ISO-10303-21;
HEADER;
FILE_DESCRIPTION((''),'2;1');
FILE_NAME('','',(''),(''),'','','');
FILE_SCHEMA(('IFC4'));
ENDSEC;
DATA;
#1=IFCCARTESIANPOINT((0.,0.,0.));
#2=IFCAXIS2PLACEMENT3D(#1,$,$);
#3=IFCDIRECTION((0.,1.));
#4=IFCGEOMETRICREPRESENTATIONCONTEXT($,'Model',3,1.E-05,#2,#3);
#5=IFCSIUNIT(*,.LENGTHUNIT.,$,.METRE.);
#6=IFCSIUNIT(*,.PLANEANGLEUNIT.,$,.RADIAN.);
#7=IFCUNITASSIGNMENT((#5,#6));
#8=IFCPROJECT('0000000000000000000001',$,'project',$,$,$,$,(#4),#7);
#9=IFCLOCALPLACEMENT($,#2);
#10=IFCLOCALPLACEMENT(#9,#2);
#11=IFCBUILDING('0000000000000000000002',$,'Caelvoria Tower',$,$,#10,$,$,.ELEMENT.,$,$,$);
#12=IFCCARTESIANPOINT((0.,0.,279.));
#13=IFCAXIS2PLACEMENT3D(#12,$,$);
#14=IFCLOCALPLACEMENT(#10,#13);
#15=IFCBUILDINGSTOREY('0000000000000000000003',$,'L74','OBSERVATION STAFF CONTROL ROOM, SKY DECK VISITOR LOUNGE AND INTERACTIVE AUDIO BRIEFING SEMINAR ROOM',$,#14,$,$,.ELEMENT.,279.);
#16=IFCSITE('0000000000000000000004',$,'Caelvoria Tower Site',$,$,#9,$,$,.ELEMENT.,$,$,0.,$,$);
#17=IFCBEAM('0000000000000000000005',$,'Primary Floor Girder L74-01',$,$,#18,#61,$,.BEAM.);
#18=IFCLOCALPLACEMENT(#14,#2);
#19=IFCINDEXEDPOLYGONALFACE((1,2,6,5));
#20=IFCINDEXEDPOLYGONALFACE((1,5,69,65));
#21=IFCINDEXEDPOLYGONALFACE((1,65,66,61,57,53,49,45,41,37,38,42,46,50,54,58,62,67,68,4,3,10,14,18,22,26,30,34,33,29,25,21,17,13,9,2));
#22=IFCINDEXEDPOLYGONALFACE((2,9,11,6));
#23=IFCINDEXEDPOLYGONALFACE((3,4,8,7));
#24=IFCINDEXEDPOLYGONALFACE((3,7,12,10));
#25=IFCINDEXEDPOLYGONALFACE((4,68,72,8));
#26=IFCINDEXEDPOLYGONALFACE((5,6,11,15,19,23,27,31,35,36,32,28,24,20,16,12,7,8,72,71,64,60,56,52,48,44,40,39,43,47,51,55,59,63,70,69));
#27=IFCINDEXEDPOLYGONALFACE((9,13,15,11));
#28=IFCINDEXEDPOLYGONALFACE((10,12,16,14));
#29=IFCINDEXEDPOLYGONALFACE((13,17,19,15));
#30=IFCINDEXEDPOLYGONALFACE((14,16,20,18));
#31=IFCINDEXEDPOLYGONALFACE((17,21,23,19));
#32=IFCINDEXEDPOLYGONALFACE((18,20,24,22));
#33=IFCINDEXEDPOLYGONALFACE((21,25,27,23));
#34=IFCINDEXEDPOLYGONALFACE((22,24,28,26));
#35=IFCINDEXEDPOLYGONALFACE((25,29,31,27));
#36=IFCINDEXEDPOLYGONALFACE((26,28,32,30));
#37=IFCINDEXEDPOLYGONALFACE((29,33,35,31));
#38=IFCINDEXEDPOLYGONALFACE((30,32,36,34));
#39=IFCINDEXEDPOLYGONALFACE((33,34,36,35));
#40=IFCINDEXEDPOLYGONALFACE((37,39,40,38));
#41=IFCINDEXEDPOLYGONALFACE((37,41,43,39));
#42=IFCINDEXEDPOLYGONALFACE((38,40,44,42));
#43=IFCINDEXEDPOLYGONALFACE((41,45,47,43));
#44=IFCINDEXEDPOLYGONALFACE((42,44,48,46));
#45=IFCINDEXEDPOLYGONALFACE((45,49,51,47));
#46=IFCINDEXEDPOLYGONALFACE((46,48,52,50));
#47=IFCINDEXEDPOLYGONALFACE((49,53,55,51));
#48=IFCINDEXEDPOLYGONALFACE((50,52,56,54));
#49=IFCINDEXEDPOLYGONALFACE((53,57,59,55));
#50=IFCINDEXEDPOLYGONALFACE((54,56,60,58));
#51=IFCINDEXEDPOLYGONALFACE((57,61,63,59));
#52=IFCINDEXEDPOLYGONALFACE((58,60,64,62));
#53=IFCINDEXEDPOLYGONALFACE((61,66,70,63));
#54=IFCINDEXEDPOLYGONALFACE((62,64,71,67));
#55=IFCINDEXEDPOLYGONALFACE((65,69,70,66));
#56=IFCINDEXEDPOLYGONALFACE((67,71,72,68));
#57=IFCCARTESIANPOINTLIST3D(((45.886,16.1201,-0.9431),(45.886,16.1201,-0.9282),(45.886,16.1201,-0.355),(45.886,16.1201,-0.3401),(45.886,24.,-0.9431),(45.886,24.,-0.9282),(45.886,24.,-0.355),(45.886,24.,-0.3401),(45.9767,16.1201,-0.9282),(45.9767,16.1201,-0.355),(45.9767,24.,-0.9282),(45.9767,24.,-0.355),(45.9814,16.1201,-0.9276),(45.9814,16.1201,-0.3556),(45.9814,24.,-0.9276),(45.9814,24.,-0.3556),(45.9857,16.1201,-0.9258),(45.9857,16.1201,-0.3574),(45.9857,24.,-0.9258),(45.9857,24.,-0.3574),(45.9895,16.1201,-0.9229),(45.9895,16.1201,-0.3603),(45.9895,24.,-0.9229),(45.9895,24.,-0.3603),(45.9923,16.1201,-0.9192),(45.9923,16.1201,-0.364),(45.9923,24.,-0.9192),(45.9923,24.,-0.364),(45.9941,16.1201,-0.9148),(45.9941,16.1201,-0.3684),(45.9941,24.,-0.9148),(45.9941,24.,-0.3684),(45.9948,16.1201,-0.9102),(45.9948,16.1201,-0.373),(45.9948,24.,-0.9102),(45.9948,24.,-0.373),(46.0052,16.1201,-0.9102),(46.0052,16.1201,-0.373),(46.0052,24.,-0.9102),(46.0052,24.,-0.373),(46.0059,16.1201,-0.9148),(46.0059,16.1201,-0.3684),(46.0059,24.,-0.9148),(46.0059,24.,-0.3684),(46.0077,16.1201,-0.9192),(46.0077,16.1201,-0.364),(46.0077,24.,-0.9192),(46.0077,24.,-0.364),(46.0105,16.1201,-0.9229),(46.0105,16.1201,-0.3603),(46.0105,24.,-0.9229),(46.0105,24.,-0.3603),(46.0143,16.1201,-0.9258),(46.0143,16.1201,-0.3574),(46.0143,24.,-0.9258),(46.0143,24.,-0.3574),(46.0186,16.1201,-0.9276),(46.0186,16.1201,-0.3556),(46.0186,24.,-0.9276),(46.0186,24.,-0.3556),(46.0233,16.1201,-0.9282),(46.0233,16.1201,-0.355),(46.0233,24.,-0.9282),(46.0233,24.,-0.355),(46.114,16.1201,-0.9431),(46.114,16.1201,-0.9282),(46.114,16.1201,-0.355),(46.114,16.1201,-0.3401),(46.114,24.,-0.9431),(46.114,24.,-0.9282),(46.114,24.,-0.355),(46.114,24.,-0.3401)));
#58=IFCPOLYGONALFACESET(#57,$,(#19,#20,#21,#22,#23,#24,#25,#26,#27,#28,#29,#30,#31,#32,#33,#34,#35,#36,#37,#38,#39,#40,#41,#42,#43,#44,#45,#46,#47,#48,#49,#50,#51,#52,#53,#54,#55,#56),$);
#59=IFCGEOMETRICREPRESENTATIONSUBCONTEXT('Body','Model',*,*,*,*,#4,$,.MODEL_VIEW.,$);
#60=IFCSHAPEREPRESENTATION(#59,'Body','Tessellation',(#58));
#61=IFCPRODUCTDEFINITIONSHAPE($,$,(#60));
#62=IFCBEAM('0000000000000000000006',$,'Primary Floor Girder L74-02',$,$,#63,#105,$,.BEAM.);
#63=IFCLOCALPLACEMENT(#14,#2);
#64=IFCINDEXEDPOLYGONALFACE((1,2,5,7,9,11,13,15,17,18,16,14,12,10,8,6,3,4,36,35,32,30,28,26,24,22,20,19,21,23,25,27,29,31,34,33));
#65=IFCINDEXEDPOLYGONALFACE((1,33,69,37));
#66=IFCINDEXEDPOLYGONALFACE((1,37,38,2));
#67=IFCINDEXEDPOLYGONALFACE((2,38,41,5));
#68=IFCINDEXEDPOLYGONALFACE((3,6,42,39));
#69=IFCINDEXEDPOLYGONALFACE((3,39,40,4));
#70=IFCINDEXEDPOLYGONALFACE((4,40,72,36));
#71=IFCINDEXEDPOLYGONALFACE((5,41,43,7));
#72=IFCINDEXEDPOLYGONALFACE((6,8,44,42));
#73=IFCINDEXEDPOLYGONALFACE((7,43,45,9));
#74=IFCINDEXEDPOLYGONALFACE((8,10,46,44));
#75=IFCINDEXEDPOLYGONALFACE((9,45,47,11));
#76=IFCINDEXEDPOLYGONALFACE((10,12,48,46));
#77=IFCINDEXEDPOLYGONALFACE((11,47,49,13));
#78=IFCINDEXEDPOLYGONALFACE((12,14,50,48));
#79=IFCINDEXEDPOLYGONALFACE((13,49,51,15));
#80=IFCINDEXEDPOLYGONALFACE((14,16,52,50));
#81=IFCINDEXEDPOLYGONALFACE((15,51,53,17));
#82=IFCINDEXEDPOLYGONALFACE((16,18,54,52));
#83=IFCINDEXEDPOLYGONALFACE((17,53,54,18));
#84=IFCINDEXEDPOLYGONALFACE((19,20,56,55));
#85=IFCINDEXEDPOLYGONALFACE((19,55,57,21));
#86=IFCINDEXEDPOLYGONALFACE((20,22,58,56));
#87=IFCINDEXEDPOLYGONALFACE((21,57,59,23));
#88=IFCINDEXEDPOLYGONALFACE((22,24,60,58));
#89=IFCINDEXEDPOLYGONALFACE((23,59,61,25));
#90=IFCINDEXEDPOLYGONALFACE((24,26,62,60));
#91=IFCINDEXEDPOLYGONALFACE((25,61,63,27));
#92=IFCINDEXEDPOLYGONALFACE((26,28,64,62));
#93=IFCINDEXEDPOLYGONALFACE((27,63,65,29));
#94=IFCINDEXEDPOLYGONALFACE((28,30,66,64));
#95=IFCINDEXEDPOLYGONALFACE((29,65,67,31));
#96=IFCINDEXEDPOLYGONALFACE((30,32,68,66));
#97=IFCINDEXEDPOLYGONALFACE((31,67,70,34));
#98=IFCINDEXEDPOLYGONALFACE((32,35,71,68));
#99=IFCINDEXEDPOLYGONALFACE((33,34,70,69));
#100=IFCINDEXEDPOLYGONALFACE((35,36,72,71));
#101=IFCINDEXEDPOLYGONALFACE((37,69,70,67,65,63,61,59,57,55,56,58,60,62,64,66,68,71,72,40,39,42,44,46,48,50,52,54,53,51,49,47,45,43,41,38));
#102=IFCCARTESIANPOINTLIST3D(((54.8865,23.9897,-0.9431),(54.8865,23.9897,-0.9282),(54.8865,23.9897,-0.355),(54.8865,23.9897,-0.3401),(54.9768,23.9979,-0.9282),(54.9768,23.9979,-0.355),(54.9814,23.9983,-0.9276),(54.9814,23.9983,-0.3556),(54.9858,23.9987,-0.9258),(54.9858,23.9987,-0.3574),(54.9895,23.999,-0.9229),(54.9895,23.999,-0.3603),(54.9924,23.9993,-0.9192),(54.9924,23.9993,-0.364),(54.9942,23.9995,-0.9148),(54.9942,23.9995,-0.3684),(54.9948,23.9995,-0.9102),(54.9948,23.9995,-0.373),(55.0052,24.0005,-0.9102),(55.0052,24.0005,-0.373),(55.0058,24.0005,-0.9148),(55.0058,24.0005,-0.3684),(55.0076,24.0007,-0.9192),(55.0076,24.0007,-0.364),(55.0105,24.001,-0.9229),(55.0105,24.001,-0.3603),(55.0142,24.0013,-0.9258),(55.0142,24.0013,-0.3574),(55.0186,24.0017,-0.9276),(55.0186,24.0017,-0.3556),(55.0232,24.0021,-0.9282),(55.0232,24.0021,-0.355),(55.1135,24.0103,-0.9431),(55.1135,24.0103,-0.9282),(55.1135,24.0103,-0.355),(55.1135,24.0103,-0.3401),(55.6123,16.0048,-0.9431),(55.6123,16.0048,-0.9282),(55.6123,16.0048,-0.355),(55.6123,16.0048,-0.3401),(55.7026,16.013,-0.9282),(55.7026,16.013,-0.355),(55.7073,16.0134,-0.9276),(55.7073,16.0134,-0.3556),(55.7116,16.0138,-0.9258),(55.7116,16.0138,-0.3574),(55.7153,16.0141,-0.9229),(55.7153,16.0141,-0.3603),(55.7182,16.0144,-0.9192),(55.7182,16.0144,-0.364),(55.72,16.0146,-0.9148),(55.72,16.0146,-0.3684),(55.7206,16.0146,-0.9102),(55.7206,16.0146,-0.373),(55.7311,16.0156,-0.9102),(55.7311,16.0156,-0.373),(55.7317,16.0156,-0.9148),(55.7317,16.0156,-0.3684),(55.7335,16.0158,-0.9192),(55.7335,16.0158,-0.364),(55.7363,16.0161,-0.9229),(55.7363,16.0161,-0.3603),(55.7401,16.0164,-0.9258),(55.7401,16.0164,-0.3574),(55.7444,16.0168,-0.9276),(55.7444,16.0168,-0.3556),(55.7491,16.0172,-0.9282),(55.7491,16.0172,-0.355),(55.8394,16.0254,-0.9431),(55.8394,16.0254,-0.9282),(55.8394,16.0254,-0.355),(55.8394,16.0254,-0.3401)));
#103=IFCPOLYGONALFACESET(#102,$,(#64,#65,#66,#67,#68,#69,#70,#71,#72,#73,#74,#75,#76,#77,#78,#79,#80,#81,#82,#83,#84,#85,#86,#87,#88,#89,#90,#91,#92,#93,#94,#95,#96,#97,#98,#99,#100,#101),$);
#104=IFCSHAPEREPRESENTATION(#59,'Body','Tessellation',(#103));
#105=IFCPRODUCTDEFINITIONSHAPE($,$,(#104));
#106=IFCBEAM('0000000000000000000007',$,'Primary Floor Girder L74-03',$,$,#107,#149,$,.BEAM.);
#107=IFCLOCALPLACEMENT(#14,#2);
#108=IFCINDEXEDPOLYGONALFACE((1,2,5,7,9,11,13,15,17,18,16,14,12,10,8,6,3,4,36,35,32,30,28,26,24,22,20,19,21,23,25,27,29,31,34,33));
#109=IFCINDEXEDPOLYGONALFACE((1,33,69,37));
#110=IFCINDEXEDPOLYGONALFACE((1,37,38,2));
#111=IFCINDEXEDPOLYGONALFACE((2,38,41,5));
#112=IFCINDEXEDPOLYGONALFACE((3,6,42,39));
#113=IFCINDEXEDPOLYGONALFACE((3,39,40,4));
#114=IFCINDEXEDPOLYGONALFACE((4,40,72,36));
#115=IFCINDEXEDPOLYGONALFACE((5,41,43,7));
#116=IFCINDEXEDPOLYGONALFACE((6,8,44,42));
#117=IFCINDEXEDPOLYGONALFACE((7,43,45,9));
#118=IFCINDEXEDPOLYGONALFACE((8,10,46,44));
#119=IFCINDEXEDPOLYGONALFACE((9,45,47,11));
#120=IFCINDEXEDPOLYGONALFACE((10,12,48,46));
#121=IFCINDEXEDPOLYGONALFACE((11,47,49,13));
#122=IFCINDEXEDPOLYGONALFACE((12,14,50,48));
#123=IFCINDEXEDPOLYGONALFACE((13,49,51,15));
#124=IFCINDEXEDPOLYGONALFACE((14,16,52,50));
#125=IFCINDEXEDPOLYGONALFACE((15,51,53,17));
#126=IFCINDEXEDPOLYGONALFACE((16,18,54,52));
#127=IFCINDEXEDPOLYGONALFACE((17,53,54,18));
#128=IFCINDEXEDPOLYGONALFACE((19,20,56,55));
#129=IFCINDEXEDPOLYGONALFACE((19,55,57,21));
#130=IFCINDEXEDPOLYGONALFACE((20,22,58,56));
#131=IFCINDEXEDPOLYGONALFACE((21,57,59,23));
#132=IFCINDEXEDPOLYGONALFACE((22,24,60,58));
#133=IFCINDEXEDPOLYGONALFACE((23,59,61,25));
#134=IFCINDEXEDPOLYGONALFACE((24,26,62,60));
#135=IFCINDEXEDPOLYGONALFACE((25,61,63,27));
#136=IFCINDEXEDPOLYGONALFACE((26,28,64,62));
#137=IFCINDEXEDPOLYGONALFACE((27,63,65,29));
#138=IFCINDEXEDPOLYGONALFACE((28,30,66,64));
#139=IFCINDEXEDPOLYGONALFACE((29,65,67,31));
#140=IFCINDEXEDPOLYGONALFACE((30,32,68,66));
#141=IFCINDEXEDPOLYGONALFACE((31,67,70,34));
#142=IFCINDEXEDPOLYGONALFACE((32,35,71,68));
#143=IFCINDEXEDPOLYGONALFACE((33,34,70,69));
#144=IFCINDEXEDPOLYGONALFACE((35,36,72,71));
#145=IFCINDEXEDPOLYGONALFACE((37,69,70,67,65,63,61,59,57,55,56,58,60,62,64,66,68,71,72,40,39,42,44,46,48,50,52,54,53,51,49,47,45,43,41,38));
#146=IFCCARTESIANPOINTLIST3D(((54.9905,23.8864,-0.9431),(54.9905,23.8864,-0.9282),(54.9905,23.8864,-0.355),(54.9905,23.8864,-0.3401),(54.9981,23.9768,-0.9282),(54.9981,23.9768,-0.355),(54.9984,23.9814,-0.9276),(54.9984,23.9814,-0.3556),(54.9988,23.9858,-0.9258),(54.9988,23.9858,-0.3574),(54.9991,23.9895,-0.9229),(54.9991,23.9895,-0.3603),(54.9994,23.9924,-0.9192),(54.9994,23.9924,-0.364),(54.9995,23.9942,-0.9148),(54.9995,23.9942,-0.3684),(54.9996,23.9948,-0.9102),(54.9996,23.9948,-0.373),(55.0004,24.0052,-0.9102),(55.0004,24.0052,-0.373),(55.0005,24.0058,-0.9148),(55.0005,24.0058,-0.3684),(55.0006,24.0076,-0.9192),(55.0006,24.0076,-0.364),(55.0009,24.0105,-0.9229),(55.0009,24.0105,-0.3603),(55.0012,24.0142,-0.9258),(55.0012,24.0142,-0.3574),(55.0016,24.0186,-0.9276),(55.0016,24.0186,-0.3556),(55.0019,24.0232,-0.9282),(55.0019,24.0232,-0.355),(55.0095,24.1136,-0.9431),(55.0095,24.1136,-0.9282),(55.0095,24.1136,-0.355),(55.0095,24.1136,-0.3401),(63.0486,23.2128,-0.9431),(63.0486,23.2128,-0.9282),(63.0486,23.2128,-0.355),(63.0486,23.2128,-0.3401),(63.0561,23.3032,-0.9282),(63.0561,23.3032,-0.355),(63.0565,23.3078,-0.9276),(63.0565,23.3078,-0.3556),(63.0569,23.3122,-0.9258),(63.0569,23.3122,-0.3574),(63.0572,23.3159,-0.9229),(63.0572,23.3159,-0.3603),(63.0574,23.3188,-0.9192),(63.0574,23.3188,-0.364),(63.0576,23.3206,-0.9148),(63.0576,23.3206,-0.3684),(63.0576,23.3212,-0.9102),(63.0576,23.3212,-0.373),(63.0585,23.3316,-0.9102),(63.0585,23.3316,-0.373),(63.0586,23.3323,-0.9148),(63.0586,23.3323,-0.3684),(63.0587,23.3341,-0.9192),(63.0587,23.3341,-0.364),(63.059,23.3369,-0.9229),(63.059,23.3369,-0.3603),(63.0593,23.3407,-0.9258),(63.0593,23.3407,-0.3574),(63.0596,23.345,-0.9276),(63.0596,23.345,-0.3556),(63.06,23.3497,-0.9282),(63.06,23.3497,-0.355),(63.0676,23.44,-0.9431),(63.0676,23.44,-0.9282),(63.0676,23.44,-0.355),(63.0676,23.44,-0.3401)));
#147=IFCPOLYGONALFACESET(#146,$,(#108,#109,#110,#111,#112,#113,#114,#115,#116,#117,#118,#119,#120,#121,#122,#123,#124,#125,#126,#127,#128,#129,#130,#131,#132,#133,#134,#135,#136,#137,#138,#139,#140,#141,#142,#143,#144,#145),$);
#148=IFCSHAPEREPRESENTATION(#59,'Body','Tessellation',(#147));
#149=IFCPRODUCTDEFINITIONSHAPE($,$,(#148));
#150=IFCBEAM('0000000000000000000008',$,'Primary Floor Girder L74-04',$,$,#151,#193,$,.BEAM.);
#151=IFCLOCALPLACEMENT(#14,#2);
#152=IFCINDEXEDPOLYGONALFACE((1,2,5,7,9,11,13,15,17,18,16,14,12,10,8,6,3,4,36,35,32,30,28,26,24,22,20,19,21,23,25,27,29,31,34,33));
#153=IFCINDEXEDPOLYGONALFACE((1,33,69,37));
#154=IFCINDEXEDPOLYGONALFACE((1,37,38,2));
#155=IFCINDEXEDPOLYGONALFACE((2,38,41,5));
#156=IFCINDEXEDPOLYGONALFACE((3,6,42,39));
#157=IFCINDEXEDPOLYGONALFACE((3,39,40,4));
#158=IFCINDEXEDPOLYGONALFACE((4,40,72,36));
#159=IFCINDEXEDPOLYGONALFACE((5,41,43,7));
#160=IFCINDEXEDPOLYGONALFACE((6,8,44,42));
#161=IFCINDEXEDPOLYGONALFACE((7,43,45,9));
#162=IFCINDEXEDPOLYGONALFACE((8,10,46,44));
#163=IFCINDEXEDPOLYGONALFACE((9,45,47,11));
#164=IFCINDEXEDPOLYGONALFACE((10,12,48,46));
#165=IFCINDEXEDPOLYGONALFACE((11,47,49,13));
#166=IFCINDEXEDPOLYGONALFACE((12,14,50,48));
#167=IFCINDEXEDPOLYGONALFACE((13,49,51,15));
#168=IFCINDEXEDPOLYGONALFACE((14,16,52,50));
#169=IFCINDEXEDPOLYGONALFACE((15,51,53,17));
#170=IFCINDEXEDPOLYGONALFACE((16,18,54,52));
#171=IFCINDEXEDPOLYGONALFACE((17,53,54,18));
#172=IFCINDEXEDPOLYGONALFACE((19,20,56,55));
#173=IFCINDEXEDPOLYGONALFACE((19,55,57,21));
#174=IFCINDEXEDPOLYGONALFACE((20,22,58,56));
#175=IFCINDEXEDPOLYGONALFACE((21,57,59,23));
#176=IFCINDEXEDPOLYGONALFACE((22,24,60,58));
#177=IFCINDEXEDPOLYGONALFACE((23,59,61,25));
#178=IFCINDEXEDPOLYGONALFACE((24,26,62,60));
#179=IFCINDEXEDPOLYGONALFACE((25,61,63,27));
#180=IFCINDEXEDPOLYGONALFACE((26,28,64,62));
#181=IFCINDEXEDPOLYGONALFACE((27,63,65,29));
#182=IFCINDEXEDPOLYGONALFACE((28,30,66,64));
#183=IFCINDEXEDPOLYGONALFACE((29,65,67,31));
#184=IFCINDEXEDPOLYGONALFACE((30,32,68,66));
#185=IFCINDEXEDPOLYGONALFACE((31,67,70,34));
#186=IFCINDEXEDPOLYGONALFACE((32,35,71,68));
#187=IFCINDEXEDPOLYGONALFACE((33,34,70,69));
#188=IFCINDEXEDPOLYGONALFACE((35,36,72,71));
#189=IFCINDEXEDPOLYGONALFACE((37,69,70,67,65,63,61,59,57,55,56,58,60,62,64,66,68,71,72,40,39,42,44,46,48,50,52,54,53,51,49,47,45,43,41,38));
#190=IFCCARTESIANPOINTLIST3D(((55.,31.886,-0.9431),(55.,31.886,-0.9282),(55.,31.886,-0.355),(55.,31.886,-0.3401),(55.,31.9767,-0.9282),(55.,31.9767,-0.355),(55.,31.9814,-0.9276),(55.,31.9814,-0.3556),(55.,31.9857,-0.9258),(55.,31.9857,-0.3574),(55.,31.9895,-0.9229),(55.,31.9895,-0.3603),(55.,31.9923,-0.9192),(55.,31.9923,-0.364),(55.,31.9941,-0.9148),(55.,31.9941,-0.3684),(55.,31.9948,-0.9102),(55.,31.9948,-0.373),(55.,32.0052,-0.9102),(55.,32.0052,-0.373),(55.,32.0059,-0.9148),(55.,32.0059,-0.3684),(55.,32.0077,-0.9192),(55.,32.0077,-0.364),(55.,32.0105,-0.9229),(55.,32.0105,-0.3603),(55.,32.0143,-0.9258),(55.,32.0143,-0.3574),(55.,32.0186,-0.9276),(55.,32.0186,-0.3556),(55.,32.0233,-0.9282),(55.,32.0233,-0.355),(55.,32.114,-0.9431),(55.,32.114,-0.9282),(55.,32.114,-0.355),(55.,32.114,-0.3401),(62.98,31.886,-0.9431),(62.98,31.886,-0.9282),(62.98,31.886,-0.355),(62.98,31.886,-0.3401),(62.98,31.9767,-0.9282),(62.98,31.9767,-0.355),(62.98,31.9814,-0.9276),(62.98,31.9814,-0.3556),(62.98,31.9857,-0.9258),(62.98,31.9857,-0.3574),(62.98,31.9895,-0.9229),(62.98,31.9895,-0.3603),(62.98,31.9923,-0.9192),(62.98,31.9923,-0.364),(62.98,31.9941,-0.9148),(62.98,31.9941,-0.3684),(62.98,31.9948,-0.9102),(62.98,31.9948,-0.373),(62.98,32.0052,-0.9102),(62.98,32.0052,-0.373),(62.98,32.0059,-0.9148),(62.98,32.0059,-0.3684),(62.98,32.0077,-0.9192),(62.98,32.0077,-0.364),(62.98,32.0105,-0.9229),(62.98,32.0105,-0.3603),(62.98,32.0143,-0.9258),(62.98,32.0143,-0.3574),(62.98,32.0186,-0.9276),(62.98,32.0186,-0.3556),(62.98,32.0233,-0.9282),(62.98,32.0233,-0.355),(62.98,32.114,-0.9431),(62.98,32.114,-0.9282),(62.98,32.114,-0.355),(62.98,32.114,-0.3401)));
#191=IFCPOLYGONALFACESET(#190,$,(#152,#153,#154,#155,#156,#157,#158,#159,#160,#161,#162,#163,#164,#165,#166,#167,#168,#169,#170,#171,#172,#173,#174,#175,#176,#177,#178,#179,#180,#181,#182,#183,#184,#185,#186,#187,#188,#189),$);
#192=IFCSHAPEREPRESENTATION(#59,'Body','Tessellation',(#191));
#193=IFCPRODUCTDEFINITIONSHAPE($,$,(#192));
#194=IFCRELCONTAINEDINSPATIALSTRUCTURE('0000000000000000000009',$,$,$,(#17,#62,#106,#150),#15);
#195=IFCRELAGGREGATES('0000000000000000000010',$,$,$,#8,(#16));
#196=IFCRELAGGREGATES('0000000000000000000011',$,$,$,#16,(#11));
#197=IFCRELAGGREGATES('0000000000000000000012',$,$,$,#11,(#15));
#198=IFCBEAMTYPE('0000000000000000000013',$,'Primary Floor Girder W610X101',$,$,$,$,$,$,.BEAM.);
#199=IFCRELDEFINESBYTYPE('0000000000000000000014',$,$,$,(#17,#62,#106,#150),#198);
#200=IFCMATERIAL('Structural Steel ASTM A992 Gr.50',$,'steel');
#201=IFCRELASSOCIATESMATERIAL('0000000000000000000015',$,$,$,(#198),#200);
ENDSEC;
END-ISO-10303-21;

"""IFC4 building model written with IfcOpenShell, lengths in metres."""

from ifc_helpers import new_model, si_unit, direction, frame, origin, origin_2d, place, context, subcontext, project, spatial, i_section, extrude, material, material_profile, profile_set, type_object, element, save


model = new_model("IFC4")

# Units and contexts
model_context = context("Model", 3, precision=1e-05, world=origin(), true_north=direction((0.0, 1.0)))
body_context = subcontext(model_context, "Body", "Model", "MODEL_VIEW")
ifc_project = project(units=[si_unit("LENGTHUNIT", "METRE"), si_unit("PLANEANGLEUNIT", "RADIAN")], contexts=[model_context])

# Site, building, storey
site_placement = place(None, origin())
site = spatial("IfcSite", under=ifc_project, at=site_placement, Name="Caelvoria Tower Site", CompositionType="ELEMENT", RefElevation=0.0)
building_placement = place(site_placement, origin())
building = spatial("IfcBuilding", under=site, at=building_placement, Name="Caelvoria Tower", CompositionType="ELEMENT")
storey_placement = place(building_placement, frame((0.0, 0.0, 279.0)))
storey = spatial("IfcBuildingStorey", under=building, at=storey_placement, Name="L74", Description="OBSERVATION STAFF CONTROL ROOM, SKY DECK VISITOR LOUNGE AND INTERACTIVE AUDIO BRIEFING SEMINAR ROOM", CompositionType="ELEMENT", Elevation=279.0)

# Beams
ifc_material_1 = material(Name="Structural Steel ASTM A992 Gr.50", Category="steel")
ifc_material_profile = material_profile(ifc_material_1, i_section(OverallWidth=0.228, OverallDepth=0.603, WebThickness=0.0105, FlangeThickness=0.0149, FilletRadius=0.0181, at=origin_2d()), Name="Structural Steel ASTM A992 Gr.50")
ifc_profile_set = profile_set([ifc_material_profile], Name="W610X101 - Structural Steel ASTM A992 Gr.50")
beam_type = type_object("IfcBeamType", Name="Primary Floor Girder W610X101", PredefinedType="BEAM", material=ifc_profile_set)
beam_1_placement = place(storey_placement, frame((46.0, 24.0, -0.6416), z_axis=(0.0, -1.0, 0.0), x_axis=(1.0, 0.0, 0.0)))
element("IfcBeam", 1, at=beam_1_placement, inside=storey, type_object=beam_type, Name="Primary Floor Girder L74-01", PredefinedType="BEAM", context=body_context, shape_type="SweptSolid", body=[
    extrude(i_section(OverallWidth=0.228, OverallDepth=0.603, WebThickness=0.0105, FlangeThickness=0.0149, FilletRadius=0.0181, at=origin_2d()), origin(), (0.0, 0.0, 1.0), 7.8799),
])
beam_2_placement = place(storey_placement, frame((55.0, 24.0, -0.6416), z_axis=(0.090528, -0.995894, 0.0), x_axis=(0.995894, 0.090528, 0.0)))
element("IfcBeam", 2, at=beam_2_placement, inside=storey, type_object=beam_type, Name="Primary Floor Girder L74-02", PredefinedType="BEAM", context=body_context, shape_type="SweptSolid", body=[
    extrude(i_section(OverallWidth=0.228, OverallDepth=0.603, WebThickness=0.0105, FlangeThickness=0.0149, FilletRadius=0.0181, at=origin_2d()), origin(), (0.0, 0.0, 1.0), 8.0178),
])
beam_3_placement = place(storey_placement, frame((55.0, 24.0, -0.6416), z_axis=(0.996524, -0.0833, 0.0), x_axis=(0.0833, 0.996524, 0.0)))
element("IfcBeam", 3, at=beam_3_placement, inside=storey, type_object=beam_type, Name="Primary Floor Girder L74-03", PredefinedType="BEAM", context=body_context, shape_type="SweptSolid", body=[
    extrude(i_section(OverallWidth=0.228, OverallDepth=0.603, WebThickness=0.0105, FlangeThickness=0.0149, FilletRadius=0.0181, at=origin_2d()), origin(), (0.0, 0.0, 1.0), 8.0862),
])
beam_4_placement = place(storey_placement, frame((55.0, 32.0, -0.6416), z_axis=(1.0, 0.0, 0.0), x_axis=(0.0, 1.0, 0.0)))
element("IfcBeam", 4, at=beam_4_placement, inside=storey, type_object=beam_type, Name="Primary Floor Girder L74-04", PredefinedType="BEAM", context=body_context, shape_type="SweptSolid", body=[
    extrude(i_section(OverallWidth=0.228, OverallDepth=0.603, WebThickness=0.0105, FlangeThickness=0.0149, FilletRadius=0.0181, at=origin_2d()), origin(), (0.0, 0.0, 1.0), 7.98),
])

save(model, "model.ifc")
